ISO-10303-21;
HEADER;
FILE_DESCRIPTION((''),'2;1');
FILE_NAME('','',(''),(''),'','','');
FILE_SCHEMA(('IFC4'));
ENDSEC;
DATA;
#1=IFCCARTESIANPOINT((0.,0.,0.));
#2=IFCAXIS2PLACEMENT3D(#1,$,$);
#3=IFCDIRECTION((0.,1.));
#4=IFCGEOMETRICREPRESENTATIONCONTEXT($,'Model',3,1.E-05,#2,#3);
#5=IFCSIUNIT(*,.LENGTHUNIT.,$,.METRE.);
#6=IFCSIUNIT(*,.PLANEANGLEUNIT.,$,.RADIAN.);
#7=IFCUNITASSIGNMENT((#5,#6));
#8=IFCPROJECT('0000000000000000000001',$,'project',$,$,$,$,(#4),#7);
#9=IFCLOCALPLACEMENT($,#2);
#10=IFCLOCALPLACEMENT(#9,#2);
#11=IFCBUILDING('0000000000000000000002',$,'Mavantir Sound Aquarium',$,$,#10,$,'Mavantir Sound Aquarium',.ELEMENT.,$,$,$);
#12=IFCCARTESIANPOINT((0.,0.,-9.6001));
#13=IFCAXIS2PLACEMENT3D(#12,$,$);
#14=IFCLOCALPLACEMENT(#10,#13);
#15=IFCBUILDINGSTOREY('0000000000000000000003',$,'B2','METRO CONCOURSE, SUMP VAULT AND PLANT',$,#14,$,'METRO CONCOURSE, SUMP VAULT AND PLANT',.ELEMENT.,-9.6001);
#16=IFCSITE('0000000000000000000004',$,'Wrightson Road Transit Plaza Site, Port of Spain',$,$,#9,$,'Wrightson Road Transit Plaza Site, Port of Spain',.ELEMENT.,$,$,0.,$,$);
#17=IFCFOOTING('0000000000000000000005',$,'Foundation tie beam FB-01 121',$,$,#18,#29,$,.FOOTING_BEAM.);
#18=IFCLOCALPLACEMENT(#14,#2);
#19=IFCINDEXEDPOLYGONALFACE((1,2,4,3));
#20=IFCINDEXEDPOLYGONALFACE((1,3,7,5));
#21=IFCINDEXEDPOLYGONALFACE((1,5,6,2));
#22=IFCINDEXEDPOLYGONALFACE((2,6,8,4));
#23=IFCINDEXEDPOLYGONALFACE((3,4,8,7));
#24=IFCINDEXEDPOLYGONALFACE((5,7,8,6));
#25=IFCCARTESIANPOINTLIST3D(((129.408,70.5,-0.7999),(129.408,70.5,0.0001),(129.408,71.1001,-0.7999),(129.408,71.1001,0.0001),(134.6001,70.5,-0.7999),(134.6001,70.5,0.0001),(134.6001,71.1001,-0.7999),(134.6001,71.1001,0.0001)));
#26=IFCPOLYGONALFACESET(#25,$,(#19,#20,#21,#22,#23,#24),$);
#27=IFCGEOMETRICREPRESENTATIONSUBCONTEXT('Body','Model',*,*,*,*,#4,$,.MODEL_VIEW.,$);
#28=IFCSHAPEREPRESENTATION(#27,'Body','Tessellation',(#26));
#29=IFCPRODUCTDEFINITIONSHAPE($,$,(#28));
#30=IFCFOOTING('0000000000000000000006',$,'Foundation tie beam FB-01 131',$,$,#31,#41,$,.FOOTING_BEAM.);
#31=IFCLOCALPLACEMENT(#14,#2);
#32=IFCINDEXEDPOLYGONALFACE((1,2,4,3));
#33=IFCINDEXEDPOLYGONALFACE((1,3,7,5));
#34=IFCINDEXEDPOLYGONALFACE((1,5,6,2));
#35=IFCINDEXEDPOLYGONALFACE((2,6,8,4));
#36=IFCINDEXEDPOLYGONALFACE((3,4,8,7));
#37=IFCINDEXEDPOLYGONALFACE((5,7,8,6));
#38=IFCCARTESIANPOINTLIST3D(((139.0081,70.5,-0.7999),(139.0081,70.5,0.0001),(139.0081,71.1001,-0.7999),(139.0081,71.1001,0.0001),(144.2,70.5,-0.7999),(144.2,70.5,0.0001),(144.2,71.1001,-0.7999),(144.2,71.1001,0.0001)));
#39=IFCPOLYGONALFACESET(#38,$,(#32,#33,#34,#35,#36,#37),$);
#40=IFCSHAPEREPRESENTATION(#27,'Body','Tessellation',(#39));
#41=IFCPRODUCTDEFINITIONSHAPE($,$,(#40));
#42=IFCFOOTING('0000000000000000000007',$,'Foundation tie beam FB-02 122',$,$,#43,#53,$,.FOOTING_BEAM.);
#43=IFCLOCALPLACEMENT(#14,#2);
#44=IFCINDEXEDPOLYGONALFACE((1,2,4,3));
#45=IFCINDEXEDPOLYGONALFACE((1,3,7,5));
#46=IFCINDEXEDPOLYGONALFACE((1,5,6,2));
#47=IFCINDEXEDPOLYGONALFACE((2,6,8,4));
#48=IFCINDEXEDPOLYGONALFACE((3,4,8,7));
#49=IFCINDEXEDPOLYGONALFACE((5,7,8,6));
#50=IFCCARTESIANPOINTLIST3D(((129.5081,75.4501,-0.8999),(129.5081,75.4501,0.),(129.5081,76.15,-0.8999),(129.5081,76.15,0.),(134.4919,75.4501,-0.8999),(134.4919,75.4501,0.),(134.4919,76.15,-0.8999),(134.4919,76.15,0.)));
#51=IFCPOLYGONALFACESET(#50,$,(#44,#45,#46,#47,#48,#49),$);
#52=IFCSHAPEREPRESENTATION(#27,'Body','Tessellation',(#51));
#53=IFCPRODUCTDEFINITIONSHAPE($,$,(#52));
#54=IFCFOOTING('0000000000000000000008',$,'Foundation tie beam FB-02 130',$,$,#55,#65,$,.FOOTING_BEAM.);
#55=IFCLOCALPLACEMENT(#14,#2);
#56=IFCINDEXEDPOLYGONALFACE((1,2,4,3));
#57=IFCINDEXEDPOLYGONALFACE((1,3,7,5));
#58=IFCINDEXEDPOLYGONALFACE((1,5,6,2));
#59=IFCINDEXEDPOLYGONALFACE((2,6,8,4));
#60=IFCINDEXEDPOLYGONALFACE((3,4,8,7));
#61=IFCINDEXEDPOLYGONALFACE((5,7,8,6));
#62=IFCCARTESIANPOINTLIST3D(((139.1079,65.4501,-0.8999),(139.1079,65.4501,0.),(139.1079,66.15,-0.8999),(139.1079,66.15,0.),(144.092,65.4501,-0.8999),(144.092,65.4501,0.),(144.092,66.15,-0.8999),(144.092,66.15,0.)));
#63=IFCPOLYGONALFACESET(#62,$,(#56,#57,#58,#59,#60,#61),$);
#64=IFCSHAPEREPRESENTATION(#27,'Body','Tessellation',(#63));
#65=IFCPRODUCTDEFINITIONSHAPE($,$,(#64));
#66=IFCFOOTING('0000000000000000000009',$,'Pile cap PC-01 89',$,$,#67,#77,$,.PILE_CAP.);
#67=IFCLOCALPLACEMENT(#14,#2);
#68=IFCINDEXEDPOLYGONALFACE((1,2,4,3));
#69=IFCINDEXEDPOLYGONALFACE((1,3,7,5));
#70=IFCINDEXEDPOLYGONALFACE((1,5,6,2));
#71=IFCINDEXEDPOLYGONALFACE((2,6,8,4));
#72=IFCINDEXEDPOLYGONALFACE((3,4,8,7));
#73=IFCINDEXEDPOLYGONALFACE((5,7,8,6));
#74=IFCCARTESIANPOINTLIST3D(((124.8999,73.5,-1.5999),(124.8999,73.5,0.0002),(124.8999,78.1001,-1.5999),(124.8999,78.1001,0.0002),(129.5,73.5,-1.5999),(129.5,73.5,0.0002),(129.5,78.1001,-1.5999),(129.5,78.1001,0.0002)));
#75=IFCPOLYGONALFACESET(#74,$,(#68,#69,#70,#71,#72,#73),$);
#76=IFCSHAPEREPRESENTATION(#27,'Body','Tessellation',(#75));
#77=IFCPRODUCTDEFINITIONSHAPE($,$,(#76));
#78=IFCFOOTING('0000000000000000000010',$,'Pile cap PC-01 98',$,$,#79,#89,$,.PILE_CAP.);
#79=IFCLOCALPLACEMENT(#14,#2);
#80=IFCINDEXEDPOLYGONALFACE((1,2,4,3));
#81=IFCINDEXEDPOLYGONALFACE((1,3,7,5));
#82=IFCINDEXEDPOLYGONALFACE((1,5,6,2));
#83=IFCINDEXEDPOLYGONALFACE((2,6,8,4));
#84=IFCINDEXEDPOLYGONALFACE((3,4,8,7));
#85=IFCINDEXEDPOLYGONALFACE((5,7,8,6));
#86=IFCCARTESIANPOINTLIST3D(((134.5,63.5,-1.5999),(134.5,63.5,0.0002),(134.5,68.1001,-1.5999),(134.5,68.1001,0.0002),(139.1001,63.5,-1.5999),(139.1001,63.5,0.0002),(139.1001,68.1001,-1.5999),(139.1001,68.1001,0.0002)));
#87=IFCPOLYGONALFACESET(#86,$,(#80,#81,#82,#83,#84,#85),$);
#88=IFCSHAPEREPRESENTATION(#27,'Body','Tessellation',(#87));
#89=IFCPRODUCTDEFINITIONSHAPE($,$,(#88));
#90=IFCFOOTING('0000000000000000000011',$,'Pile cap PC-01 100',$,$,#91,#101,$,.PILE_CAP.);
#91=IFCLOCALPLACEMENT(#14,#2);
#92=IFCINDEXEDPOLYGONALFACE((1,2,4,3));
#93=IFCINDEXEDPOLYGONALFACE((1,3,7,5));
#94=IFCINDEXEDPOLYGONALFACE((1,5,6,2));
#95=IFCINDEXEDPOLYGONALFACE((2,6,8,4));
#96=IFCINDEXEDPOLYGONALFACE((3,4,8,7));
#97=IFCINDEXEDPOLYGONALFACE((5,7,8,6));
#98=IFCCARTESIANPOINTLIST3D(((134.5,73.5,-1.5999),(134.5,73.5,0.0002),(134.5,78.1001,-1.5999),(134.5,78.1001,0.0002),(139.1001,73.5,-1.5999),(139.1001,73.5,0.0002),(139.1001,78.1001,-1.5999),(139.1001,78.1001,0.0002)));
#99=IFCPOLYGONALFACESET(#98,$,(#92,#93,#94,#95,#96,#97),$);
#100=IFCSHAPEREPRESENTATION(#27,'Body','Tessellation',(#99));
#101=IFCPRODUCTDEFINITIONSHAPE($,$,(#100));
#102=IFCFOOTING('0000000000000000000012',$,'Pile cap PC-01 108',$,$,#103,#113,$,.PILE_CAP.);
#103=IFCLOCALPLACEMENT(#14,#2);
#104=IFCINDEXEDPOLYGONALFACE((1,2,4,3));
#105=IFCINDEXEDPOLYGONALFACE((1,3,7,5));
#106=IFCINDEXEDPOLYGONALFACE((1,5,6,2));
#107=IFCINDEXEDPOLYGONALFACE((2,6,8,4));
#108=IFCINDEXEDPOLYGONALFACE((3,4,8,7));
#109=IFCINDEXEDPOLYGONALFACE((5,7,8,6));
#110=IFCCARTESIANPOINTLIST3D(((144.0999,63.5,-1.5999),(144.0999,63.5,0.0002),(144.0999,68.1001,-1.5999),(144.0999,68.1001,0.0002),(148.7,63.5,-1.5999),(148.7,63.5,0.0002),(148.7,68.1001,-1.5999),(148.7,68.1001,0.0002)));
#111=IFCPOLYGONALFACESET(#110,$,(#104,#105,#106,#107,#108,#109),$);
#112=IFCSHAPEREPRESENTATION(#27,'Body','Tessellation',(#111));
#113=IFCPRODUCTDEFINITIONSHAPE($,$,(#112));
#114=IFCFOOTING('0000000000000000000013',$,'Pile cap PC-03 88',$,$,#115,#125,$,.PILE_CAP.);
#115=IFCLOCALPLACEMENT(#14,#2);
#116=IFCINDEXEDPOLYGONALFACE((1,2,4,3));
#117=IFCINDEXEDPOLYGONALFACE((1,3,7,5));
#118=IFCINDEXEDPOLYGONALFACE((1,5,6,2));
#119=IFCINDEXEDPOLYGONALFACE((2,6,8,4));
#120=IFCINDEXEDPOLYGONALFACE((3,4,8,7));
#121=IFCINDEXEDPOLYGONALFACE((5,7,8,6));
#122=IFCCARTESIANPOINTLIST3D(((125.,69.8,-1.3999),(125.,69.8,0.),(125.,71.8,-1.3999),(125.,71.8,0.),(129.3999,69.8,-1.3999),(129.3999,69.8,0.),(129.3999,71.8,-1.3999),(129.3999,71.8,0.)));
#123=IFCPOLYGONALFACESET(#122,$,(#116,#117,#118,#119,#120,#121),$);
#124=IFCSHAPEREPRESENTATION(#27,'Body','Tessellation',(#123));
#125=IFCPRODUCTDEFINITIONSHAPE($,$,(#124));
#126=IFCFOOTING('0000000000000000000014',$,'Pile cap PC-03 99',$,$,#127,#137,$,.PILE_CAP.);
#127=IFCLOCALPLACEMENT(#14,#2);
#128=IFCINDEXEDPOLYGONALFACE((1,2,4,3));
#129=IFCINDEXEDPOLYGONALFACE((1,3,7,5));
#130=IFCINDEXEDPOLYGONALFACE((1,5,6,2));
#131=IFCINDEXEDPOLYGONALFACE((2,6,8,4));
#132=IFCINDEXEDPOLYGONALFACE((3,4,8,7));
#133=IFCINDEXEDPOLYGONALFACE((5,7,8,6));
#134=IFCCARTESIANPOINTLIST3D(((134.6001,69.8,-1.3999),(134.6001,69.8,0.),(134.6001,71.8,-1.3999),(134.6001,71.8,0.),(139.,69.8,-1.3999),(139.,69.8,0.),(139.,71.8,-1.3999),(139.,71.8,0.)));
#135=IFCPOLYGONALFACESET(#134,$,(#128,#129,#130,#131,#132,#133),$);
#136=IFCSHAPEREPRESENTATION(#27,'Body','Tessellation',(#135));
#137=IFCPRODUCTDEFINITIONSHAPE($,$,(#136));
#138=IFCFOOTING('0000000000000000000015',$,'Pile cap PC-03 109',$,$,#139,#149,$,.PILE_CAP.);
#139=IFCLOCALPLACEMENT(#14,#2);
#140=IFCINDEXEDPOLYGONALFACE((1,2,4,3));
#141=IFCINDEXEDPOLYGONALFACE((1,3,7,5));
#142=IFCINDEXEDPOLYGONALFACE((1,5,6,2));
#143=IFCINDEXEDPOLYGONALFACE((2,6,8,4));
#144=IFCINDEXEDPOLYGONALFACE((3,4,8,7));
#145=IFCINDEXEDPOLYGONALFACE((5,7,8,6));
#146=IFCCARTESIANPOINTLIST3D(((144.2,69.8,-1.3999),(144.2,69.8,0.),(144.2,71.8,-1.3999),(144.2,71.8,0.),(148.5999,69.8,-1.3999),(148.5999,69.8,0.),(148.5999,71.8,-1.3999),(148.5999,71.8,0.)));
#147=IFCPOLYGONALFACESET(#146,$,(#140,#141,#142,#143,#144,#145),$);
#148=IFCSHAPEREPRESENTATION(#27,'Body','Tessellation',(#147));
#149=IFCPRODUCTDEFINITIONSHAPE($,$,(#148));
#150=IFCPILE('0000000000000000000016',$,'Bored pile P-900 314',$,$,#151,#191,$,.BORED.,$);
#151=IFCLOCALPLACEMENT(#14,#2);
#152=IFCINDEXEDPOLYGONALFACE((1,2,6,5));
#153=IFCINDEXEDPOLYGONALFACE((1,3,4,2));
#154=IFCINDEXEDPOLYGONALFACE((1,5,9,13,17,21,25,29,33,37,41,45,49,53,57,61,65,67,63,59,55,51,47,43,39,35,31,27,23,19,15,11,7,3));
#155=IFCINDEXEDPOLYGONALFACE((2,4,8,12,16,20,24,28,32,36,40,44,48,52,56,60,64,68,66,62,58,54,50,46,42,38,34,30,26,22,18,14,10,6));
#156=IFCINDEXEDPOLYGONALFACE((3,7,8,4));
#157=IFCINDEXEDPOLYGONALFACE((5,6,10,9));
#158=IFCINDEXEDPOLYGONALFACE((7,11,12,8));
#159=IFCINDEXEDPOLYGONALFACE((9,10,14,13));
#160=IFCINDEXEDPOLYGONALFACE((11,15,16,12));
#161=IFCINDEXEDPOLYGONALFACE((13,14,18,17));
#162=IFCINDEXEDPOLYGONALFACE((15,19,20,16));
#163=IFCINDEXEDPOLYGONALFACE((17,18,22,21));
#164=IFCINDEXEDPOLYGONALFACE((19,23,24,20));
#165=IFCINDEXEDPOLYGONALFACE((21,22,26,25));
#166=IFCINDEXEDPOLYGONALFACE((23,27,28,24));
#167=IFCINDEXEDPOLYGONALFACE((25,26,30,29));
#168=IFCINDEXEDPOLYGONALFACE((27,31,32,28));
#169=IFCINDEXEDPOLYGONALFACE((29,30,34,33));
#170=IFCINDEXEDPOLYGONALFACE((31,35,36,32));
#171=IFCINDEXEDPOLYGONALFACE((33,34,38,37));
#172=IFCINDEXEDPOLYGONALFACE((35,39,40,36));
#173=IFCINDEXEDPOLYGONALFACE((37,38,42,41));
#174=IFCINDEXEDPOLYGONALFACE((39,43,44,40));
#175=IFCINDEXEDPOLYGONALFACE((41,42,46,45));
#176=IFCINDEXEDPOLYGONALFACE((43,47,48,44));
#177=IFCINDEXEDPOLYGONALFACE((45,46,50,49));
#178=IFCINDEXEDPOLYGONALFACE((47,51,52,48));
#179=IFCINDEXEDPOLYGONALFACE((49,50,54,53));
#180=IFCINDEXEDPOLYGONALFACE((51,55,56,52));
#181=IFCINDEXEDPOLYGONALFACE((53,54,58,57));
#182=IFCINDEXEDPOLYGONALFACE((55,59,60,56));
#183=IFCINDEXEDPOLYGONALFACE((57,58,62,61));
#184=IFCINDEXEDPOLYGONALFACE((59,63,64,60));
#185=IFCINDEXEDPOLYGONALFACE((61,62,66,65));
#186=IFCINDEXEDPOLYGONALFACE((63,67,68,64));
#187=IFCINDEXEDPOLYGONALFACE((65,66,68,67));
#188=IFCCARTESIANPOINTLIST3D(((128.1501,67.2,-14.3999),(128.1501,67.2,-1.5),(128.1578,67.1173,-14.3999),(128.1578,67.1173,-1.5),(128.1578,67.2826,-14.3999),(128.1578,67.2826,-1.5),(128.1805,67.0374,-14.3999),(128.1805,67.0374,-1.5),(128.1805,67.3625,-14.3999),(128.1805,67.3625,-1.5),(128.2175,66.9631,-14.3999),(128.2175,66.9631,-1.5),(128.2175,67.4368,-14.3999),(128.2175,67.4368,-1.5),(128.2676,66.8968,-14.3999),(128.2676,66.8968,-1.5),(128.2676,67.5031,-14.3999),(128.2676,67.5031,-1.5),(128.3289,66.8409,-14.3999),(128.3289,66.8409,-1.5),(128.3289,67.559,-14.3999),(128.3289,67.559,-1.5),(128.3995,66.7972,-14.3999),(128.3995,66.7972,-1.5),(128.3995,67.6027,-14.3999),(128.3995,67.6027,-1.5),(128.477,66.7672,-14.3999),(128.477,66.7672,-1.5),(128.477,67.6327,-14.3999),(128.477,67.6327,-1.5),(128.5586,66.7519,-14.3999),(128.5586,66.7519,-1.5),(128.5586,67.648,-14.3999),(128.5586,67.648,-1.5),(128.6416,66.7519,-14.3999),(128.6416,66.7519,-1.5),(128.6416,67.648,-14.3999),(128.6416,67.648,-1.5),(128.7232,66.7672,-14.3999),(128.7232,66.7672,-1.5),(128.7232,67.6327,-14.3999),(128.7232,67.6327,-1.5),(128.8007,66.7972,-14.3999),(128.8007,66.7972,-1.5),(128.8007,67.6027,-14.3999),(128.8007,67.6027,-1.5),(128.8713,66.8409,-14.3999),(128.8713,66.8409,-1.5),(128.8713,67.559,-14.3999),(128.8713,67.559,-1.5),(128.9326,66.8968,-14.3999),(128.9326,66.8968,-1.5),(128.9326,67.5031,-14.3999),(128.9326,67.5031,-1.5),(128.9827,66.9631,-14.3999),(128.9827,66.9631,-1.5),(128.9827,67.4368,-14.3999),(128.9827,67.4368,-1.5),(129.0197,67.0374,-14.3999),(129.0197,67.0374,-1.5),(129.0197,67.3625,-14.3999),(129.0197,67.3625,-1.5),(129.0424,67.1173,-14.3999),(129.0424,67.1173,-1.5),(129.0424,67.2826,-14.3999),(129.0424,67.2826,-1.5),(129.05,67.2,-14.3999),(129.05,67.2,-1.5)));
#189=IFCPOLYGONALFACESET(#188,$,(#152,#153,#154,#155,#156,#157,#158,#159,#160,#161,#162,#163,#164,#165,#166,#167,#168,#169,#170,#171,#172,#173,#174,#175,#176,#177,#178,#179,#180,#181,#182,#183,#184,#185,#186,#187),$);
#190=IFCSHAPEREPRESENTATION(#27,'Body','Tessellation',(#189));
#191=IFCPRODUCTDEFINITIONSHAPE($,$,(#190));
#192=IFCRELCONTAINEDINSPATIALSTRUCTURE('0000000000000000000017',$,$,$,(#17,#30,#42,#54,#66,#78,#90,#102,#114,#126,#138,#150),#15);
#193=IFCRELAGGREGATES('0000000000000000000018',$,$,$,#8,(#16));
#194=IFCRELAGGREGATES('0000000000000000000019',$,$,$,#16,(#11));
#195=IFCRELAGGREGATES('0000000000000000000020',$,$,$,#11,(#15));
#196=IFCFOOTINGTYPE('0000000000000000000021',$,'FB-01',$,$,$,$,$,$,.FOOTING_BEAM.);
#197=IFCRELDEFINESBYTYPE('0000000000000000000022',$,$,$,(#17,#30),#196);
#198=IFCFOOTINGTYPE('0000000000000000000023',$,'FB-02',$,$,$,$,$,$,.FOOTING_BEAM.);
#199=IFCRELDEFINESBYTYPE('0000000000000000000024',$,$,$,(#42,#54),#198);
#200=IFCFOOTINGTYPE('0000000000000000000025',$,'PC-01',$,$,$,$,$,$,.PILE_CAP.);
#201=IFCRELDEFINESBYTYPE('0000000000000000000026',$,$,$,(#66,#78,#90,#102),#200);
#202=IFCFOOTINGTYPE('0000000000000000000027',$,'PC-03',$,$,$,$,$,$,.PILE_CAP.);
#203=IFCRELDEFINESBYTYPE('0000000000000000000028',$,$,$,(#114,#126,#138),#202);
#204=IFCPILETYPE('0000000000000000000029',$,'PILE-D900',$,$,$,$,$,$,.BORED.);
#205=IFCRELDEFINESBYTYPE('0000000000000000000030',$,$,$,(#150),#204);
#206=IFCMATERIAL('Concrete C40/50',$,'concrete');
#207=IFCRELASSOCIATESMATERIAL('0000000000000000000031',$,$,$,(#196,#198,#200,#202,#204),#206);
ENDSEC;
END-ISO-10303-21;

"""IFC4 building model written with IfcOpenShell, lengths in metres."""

from ifc_helpers import new_model, si_unit, direction, frame, origin, origin_2d, place, context, subcontext, project, spatial, rectangle, circle, extrude, material, material_profile, profile_set, type_object, element, save


model = new_model("IFC4")

# Units and contexts
model_context = context("Model", 3, precision=1e-05, world=origin(), true_north=direction((0.0, 1.0)))
body_context = subcontext(model_context, "Body", "Model", "MODEL_VIEW")
ifc_project = project(units=[si_unit("LENGTHUNIT", "METRE"), si_unit("PLANEANGLEUNIT", "RADIAN")], contexts=[model_context])

# Site, building, storey
site_placement = place(None, origin())
site = spatial("IfcSite", under=ifc_project, at=site_placement, Name="Wrightson Road Transit Plaza Site, Port of Spain", LongName="Wrightson Road Transit Plaza Site, Port of Spain", CompositionType="ELEMENT", RefElevation=0.0)
building_placement = place(site_placement, origin())
building = spatial("IfcBuilding", under=site, at=building_placement, Name="Mavantir Sound Aquarium", LongName="Mavantir Sound Aquarium", CompositionType="ELEMENT")
storey_placement = place(building_placement, frame((0.0, 0.0, -9.6001)))
storey = spatial("IfcBuildingStorey", under=building, at=storey_placement, Name="B2", Description="METRO CONCOURSE, SUMP VAULT AND PLANT", LongName="METRO CONCOURSE, SUMP VAULT AND PLANT", CompositionType="ELEMENT", Elevation=-9.6001)

# Footings
ifc_material = material(Name="Concrete C40/50", Category="concrete")
ifc_material_profile_1 = material_profile(ifc_material, rectangle(XDim=0.6001, YDim=0.8, at=origin_2d()), Name="RC 600X800")
ifc_profile_set_1 = profile_set([ifc_material_profile_1], Name="Concrete C40/50")
footing_type_1 = type_object("IfcFootingType", Name="FB-01", PredefinedType="FOOTING_BEAM", material=ifc_profile_set_1)
footing_1_placement = place(storey_placement, frame((129.408, 70.8, -0.3999), z_axis=(1.0, 0.0, 0.0), x_axis=(0.0, 1.0, 0.0)))
element("IfcFooting", 1, at=footing_1_placement, inside=storey, type_object=footing_type_1, Name="Foundation tie beam FB-01 121", PredefinedType="FOOTING_BEAM", context=body_context, shape_type="SweptSolid", body=[
    extrude(rectangle(XDim=0.6001, YDim=0.8, at=origin_2d()), origin(), (0.0, 0.0, 1.0), 5.1921),
])
footing_2_placement = place(storey_placement, frame((139.0081, 70.8, -0.3999), z_axis=(1.0, 0.0, 0.0), x_axis=(0.0, 1.0, 0.0)))
element("IfcFooting", 2, at=footing_2_placement, inside=storey, type_object=footing_type_1, Name="Foundation tie beam FB-01 131", PredefinedType="FOOTING_BEAM", context=body_context, shape_type="SweptSolid", body=[
    extrude(rectangle(XDim=0.6001, YDim=0.8, at=origin_2d()), origin(), (0.0, 0.0, 1.0), 5.1919),
])
ifc_material_profile_2 = material_profile(ifc_material, rectangle(XDim=0.7, YDim=0.8999, at=origin_2d()), Name="RC 700X900")
ifc_profile_set_2 = profile_set([ifc_material_profile_2], Name="Concrete C40/50")
footing_type_2 = type_object("IfcFootingType", Name="FB-02", PredefinedType="FOOTING_BEAM", material=ifc_profile_set_2)
footing_3_placement = place(storey_placement, frame((129.5081, 75.8, -0.45), z_axis=(1.0, 0.0, 0.0), x_axis=(0.0, 1.0, 0.0)))
element("IfcFooting", 3, at=footing_3_placement, inside=storey, type_object=footing_type_2, Name="Foundation tie beam FB-02 122", PredefinedType="FOOTING_BEAM", context=body_context, shape_type="SweptSolid", body=[
    extrude(rectangle(XDim=0.7, YDim=0.8999, at=origin_2d()), origin(), (0.0, 0.0, 1.0), 4.9839),
])
footing_4_placement = place(storey_placement, frame((139.1079, 65.8, -0.45), z_axis=(1.0, 0.0, 0.0), x_axis=(0.0, 1.0, 0.0)))
element("IfcFooting", 4, at=footing_4_placement, inside=storey, type_object=footing_type_2, Name="Foundation tie beam FB-02 130", PredefinedType="FOOTING_BEAM", context=body_context, shape_type="SweptSolid", body=[
    extrude(rectangle(XDim=0.7, YDim=0.8999, at=origin_2d()), origin(), (0.0, 0.0, 1.0), 4.9841),
])
footing_type_3 = type_object("IfcFootingType", Name="PC-01", PredefinedType="PILE_CAP", material=ifc_material)
for number, where, z_axis, x_axis, name in (
    (5, (127.2, 75.8, -1.5999), (0.0, 0.0, 1.0), (1.0, 0.0, 0.0), "Pile cap PC-01 89"),
    (6, (136.8, 65.8, -1.5999), (0.0, 0.0, 1.0), (1.0, 0.0, 0.0), "Pile cap PC-01 98"),
    (7, (136.8, 75.8, -1.5999), (0.0, 0.0, 1.0), (1.0, 0.0, 0.0), "Pile cap PC-01 100"),
    (8, (146.3999, 65.8, -1.5999), (0.0, 0.0, 1.0), (1.0, 0.0, 0.0), "Pile cap PC-01 108"),
):
    element("IfcFooting", number, at=place(storey_placement, frame(where, z_axis=z_axis, x_axis=x_axis)), inside=storey, type_object=footing_type_3, Name=name, PredefinedType="PILE_CAP", context=body_context, shape_type="SweptSolid", body=[
        extrude(rectangle(XDim=4.6001, YDim=4.6001, at=origin_2d()), origin(), (0.0, 0.0, 1.0), 1.6001),
    ])
footing_type_4 = type_object("IfcFootingType", Name="PC-03", PredefinedType="PILE_CAP", material=ifc_material)
for number, where, z_axis, x_axis, name in (
    (9, (127.2, 70.8, -1.3999), (0.0, 0.0, 1.0), (1.0, 0.0, 0.0), "Pile cap PC-03 88"),
    (10, (136.8, 70.8, -1.3999), (0.0, 0.0, 1.0), (1.0, 0.0, 0.0), "Pile cap PC-03 99"),
    (11, (146.3999, 70.8, -1.3999), (0.0, 0.0, 1.0), (1.0, 0.0, 0.0), "Pile cap PC-03 109"),
):
    element("IfcFooting", number, at=place(storey_placement, frame(where, z_axis=z_axis, x_axis=x_axis)), inside=storey, type_object=footing_type_4, Name=name, PredefinedType="PILE_CAP", context=body_context, shape_type="SweptSolid", body=[
        extrude(rectangle(XDim=4.3999, YDim=2.0, at=origin_2d()), origin(), (0.0, 0.0, 1.0), 1.3999),
    ])

# Pile
ifc_material_profile_3 = material_profile(ifc_material, circle(Radius=0.45, at=origin_2d()), Name="PILE D900")
ifc_profile_set_3 = profile_set([ifc_material_profile_3], Name="Concrete C40/50")
pile_type = type_object("IfcPileType", Name="PILE-D900", PredefinedType="BORED", material=ifc_profile_set_3)
pile_1_placement = place(storey_placement, frame((128.6001, 67.2, -1.5), z_axis=(0.0, 0.0, -1.0), x_axis=(1.0, 0.0, 0.0)))
element("IfcPile", 12, at=pile_1_placement, inside=storey, type_object=pile_type, Name="Bored pile P-900 314", PredefinedType="BORED", context=body_context, shape_type="SweptSolid", body=[
    extrude(circle(Radius=0.45, at=origin_2d()), origin(), (0.0, 0.0, 1.0), 12.8999),
])

save(model, "model.ifc")
